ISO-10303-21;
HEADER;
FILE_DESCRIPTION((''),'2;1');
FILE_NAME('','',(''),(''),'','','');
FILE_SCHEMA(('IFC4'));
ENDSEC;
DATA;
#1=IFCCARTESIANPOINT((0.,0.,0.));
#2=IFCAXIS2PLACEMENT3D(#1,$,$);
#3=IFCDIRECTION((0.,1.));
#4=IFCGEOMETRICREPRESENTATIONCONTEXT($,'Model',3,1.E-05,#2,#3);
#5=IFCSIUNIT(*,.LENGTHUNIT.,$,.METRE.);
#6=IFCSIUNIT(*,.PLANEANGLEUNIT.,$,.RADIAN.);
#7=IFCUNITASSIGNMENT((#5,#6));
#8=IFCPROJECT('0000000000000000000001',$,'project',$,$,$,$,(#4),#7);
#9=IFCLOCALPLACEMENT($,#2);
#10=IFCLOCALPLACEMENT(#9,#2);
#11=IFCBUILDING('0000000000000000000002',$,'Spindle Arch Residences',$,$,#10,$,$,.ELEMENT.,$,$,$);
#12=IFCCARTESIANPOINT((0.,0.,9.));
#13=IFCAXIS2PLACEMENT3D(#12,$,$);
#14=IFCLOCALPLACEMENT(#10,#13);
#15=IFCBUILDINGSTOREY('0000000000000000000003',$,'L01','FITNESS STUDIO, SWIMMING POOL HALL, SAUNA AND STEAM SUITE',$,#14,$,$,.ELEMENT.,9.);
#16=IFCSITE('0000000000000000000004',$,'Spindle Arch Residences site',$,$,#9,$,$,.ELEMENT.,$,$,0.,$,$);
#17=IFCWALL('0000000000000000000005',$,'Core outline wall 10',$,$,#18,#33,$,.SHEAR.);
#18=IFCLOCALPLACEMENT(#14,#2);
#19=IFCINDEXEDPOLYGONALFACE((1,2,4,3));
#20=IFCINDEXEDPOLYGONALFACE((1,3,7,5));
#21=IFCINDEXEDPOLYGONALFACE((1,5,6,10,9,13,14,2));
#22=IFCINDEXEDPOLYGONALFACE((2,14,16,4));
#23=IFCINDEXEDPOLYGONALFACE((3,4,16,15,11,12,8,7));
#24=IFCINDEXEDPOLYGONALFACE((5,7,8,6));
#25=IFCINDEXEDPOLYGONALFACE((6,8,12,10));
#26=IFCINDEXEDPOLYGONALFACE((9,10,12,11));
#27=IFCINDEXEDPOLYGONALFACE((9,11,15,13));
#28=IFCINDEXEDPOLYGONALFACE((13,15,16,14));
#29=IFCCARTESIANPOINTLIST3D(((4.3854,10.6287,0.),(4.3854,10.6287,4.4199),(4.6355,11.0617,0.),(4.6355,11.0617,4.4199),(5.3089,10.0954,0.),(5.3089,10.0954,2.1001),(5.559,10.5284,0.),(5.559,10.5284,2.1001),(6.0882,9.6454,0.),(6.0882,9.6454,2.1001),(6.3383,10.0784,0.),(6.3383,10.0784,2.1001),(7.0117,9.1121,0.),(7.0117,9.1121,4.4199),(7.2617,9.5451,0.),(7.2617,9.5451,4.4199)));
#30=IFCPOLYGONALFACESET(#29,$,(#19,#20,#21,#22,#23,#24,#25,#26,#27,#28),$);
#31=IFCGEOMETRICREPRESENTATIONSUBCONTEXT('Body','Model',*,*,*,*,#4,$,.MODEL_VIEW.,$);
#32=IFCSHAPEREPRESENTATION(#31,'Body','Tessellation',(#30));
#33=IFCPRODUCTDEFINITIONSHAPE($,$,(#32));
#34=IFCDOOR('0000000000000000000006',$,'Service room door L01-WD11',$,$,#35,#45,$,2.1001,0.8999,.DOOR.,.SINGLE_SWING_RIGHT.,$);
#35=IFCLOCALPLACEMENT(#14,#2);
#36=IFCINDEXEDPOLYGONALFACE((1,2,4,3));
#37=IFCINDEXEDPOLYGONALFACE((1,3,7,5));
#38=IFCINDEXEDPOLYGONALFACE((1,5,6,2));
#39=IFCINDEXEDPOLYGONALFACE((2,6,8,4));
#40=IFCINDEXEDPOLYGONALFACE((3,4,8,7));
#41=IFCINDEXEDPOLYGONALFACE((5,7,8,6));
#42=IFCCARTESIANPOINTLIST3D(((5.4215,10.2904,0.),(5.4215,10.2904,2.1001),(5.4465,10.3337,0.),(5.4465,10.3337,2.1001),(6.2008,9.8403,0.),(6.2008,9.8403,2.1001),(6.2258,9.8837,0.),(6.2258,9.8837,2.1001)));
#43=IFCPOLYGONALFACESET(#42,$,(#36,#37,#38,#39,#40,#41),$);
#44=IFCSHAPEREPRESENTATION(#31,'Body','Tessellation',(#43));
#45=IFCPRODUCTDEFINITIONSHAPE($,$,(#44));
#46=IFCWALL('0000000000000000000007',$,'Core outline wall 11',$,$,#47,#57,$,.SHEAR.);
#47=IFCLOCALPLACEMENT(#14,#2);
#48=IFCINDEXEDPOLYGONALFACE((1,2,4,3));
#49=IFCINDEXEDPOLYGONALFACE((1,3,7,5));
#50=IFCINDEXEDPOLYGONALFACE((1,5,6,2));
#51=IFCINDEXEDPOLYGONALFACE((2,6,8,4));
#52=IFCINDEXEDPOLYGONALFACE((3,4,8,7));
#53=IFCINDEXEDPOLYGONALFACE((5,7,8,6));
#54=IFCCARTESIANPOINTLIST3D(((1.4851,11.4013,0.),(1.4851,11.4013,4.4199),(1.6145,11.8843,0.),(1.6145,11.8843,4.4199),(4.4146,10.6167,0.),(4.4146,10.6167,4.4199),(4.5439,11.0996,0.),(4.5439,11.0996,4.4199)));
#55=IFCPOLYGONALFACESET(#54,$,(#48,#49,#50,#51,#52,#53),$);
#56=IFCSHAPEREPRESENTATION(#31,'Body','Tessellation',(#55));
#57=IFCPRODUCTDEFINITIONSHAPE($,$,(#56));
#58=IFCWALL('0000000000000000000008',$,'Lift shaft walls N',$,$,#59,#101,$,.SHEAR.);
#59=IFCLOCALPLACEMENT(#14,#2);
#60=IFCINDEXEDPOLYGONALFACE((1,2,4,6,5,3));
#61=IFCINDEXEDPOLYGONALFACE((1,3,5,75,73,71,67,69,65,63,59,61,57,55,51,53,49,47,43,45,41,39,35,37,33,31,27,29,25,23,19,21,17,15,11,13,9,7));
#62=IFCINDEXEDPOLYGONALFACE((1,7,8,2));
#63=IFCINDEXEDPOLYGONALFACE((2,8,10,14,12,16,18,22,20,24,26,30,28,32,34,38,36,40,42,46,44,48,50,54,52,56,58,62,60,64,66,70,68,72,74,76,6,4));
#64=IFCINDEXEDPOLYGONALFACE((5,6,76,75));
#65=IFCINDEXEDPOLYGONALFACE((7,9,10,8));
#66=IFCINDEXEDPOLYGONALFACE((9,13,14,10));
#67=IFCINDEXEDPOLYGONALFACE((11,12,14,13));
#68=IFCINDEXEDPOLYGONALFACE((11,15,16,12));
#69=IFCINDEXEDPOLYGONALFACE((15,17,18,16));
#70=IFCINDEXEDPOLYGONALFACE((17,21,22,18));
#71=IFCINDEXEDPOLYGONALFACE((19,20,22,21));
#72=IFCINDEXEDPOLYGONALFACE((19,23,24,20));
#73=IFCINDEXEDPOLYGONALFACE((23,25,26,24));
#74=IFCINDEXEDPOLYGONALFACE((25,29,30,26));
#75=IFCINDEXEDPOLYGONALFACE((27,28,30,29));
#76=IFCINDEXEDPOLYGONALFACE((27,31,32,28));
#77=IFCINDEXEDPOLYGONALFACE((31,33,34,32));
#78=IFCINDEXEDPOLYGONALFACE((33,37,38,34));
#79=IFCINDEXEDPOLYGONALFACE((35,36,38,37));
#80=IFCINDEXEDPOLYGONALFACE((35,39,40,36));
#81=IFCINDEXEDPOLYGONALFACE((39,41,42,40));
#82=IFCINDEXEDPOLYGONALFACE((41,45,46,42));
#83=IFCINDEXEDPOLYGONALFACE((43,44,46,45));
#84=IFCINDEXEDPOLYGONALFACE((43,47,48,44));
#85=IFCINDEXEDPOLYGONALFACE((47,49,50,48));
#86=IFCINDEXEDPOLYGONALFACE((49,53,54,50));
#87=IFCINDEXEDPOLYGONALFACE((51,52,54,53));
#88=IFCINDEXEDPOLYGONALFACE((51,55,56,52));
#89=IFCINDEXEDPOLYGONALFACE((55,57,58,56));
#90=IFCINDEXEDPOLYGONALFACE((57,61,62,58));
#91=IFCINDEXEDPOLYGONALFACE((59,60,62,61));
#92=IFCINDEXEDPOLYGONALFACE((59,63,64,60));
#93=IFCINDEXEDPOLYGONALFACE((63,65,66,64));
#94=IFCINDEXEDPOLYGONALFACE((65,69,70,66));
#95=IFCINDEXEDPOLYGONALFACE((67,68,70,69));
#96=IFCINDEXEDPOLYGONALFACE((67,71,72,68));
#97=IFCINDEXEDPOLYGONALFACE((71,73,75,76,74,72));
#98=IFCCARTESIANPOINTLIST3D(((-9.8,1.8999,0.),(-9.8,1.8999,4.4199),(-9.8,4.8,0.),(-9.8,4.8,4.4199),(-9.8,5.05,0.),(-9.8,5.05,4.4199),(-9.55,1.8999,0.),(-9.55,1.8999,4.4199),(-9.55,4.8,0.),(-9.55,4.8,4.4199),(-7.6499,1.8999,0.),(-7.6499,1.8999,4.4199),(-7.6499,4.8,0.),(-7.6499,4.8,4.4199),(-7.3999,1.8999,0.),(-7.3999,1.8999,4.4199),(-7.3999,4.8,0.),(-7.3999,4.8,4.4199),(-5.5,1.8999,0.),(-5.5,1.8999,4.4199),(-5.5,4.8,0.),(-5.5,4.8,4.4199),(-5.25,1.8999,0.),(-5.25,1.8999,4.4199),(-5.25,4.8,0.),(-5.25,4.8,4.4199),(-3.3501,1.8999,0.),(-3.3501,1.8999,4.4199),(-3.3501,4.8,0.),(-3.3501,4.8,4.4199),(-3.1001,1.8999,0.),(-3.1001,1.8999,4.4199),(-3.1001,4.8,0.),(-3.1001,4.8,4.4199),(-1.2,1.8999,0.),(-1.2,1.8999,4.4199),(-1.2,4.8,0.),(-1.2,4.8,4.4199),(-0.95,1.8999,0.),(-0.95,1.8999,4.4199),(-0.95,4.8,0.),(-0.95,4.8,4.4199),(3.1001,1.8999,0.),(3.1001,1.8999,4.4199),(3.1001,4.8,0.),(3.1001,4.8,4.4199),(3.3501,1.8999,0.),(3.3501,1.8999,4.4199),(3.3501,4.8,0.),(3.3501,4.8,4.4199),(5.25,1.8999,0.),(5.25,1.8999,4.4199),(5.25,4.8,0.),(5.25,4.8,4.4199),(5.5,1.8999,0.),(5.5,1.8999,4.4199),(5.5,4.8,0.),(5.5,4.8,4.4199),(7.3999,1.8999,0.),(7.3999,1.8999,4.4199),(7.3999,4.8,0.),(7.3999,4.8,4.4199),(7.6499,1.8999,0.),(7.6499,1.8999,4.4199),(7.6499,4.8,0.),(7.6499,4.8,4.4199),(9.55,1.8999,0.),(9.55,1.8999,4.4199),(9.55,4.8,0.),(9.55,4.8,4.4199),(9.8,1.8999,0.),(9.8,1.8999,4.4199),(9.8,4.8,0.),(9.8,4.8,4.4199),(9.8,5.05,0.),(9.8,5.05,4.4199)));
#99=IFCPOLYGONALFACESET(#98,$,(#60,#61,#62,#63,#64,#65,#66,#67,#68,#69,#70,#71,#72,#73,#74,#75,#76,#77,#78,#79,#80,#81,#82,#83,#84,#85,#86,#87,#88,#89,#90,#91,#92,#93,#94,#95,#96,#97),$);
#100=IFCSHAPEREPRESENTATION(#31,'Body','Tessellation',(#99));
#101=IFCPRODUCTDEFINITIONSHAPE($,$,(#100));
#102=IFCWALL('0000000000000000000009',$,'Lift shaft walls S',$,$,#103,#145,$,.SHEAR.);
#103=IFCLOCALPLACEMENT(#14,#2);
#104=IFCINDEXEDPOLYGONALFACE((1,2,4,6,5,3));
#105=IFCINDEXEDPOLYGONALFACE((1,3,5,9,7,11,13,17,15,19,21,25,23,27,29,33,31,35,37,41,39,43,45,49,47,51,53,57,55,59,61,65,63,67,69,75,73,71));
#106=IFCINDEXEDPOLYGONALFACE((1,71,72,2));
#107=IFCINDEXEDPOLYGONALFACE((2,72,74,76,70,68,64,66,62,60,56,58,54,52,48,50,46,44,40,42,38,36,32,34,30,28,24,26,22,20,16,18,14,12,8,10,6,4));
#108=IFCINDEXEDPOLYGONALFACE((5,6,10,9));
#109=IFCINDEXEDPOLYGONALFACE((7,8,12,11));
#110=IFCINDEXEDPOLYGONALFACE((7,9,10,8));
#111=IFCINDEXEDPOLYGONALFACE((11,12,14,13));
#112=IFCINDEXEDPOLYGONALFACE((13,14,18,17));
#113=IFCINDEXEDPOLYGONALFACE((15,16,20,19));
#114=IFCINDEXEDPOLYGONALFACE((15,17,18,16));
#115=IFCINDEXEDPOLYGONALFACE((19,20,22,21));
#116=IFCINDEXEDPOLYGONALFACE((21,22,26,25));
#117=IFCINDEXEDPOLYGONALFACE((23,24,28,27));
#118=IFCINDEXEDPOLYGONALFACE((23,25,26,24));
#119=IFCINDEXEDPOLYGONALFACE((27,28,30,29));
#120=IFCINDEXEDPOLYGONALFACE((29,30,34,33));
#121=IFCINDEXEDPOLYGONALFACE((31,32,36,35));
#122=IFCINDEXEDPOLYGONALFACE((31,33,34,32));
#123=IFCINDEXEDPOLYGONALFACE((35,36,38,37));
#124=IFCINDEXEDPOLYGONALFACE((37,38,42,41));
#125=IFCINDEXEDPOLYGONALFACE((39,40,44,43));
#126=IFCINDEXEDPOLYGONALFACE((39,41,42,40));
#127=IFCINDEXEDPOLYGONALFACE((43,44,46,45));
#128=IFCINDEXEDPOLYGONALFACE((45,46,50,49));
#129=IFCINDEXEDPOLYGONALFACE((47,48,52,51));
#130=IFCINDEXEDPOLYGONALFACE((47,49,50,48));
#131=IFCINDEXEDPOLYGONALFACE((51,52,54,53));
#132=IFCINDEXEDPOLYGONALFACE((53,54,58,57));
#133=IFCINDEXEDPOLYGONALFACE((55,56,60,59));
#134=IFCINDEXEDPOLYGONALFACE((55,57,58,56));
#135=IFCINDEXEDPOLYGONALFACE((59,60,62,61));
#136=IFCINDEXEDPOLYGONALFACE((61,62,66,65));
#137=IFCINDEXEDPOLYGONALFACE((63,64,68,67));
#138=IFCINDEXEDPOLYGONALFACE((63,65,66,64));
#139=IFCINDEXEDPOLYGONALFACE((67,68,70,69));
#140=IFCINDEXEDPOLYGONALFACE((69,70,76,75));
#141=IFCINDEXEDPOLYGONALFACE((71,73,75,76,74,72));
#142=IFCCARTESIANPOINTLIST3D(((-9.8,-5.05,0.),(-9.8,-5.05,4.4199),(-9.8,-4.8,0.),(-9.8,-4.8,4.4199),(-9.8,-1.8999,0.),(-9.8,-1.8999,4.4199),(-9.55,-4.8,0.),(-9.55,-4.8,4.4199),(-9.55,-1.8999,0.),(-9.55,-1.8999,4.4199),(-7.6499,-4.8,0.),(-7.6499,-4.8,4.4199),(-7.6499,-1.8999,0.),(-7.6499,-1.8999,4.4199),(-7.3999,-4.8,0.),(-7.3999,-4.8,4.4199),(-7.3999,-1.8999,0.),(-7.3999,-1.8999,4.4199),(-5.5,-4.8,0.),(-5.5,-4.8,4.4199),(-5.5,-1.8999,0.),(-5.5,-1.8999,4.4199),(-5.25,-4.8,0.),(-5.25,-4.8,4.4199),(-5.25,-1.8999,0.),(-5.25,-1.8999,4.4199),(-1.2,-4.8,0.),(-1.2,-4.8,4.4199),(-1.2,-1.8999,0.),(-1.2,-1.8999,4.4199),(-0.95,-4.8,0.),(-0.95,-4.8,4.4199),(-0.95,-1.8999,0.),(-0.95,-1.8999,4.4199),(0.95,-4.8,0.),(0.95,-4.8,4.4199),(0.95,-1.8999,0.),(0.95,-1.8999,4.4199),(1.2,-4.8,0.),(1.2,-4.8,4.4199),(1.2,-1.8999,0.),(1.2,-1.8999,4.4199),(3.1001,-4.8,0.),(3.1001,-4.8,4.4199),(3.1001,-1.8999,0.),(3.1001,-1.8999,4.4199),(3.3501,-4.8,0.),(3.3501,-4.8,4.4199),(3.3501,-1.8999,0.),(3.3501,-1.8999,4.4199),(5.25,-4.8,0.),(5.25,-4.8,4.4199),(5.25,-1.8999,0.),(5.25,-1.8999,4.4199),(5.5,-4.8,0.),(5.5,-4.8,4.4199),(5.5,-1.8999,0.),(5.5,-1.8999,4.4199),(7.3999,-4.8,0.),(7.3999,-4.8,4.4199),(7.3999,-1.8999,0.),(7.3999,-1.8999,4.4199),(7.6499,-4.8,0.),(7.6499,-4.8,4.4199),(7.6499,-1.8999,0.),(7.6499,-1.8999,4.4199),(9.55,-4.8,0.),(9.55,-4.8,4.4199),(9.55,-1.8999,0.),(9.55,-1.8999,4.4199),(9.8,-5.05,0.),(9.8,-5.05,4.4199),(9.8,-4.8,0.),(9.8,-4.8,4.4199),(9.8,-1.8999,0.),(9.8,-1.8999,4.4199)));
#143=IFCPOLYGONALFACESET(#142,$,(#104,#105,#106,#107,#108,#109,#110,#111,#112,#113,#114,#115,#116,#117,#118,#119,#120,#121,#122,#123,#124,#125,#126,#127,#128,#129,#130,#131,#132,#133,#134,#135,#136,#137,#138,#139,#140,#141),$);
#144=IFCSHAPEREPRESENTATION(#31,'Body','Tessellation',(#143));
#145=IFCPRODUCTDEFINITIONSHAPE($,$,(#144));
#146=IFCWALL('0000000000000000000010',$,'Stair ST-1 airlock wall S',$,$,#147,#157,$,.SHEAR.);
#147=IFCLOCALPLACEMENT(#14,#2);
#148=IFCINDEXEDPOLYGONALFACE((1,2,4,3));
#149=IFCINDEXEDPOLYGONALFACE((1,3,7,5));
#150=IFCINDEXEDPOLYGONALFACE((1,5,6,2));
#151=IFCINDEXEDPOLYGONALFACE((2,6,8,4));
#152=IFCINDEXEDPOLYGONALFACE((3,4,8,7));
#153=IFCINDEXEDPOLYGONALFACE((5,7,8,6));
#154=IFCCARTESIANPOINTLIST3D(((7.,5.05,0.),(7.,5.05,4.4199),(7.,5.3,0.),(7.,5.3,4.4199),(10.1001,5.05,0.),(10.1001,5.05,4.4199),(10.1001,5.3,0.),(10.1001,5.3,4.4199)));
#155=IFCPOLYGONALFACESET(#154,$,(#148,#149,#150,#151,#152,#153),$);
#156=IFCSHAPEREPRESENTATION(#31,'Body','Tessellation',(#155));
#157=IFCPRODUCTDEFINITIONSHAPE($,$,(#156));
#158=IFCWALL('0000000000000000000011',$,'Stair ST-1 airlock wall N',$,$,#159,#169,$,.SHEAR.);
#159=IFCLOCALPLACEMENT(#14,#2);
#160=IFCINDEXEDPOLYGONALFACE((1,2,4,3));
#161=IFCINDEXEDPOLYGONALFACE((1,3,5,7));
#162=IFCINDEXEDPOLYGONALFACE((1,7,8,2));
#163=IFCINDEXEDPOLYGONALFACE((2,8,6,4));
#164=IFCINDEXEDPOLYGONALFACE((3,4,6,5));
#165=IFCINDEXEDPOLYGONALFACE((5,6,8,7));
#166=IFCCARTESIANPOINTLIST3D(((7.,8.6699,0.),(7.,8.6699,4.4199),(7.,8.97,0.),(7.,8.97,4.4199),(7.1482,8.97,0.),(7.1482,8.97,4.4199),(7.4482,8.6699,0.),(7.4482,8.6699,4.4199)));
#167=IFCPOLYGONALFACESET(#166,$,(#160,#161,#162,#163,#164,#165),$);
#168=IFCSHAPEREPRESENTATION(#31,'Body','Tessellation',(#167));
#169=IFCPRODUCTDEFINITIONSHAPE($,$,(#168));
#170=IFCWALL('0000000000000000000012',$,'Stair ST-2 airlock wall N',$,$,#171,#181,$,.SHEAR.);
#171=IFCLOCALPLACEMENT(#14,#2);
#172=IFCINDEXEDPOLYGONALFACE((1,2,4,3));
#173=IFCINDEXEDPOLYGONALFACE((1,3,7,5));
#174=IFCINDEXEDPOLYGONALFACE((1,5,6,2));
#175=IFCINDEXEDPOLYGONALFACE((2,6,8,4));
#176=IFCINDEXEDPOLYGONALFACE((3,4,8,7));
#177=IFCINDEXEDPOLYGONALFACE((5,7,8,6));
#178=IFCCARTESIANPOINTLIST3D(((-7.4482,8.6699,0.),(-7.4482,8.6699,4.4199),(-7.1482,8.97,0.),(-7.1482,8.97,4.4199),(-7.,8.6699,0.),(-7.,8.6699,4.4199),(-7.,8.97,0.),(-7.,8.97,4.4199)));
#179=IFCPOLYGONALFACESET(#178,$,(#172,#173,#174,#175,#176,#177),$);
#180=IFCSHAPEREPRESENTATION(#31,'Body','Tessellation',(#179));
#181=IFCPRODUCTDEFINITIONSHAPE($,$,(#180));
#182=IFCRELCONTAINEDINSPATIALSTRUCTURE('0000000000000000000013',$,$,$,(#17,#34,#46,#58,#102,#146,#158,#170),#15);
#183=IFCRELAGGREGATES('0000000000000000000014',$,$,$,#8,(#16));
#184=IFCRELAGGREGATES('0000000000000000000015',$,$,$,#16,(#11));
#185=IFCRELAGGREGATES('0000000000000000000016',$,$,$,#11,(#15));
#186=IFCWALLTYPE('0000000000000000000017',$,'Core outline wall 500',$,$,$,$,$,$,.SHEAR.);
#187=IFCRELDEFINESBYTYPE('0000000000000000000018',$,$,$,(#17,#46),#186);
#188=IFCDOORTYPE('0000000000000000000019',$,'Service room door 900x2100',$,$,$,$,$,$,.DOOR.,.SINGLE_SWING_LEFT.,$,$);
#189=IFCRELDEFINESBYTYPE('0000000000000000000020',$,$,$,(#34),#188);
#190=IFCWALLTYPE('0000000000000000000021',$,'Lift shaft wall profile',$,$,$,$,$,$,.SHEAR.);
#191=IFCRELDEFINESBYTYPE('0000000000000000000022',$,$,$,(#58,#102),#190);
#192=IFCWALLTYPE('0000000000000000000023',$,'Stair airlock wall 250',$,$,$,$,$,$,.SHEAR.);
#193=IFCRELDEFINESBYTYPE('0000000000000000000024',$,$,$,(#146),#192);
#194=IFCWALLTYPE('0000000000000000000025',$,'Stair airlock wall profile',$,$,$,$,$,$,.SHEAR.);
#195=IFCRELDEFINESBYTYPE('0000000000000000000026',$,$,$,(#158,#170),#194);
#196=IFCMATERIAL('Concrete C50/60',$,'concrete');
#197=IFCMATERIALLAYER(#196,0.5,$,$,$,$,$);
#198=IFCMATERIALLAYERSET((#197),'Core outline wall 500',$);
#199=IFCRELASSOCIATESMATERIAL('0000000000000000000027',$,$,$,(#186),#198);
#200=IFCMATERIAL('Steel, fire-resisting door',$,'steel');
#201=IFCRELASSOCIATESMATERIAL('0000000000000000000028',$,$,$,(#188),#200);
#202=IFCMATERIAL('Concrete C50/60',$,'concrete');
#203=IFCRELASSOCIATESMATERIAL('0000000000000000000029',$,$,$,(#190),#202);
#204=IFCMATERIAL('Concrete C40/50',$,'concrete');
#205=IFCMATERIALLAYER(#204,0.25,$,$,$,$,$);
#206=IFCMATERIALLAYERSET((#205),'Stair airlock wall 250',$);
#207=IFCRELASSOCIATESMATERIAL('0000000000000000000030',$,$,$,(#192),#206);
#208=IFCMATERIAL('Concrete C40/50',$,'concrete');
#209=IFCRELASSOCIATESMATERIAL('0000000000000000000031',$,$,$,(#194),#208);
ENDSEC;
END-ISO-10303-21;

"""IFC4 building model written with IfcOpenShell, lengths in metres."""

from ifc_helpers import new_model, si_unit, direction, frame, frame_2d, origin, place, context, subcontext, project, spatial, polyline, rectangle, outline, extrude, material, layer, layer_set, type_object, element, fill, save


model = new_model("IFC4")

# Units and contexts
model_context = context("Model", 3, precision=1e-05, world=origin(), true_north=direction((0.0, 1.0)))
body_context = subcontext(model_context, "Body", "Model", "MODEL_VIEW")
ifc_project = project(units=[si_unit("LENGTHUNIT", "METRE"), si_unit("PLANEANGLEUNIT", "RADIAN")], contexts=[model_context])

# Site, building, storey
site_placement = place(None, origin())
site = spatial("IfcSite", under=ifc_project, at=site_placement, Name="Spindle Arch Residences site", CompositionType="ELEMENT", RefElevation=0.0)
building_placement = place(site_placement, origin())
building = spatial("IfcBuilding", under=site, at=building_placement, Name="Spindle Arch Residences", CompositionType="ELEMENT")
storey_placement = place(building_placement, frame((0.0, 0.0, 9.0)))
storey = spatial("IfcBuildingStorey", under=building, at=storey_placement, Name="L01", Description="FITNESS STUDIO, SWIMMING POOL HALL, SAUNA AND STEAM SUITE", CompositionType="ELEMENT", Elevation=9.0)

# Shared definitions
ifc_material_1 = material(Name="Concrete C50/60", Category="concrete")
ifc_layer_1 = layer(ifc_material_1, 0.5)
ifc_layer_set_1 = layer_set([ifc_layer_1], Name="Core outline wall 500")
wall_type_1 = type_object("IfcWallType", Name="Core outline wall 500", PredefinedType="SHEAR", material=ifc_layer_set_1)

# Wall, opening, door
wall_1_placement = place(storey_placement, frame((7.1367, 9.3286, 0.0), z_axis=(0.0, 0.0, 1.0), x_axis=(-0.865975, 0.500087, 0.0)))
wall_1 = element("IfcWall", 1, at=wall_1_placement, inside=storey, type_object=wall_type_1, Name="Core outline wall 10", PredefinedType="SHEAR", context=body_context, shape_type="SweptSolid", body=[
    extrude(rectangle(XDim=3.0327, YDim=0.5, at=frame_2d((1.5164, 0.0))), origin(), (0.0, 0.0, 1.0), 4.4199),
])
opening_1_placement = place(wall_1_placement, frame((1.0664, 0.0, 0.0)))
opening_1 = element("IfcOpeningElement", 2, at=opening_1_placement, cuts=wall_1, PredefinedType="OPENING", context=body_context, shape_type="SweptSolid", body=[
    extrude(rectangle(XDim=0.8999, YDim=2.1001, at=frame_2d((0.45, 1.05))), frame((0.0, 0.26, 0.0), z_axis=(0.0, -1.0, 0.0), x_axis=(1.0, 0.0, 0.0)), (0.0, 0.0, 1.0), 0.52),
])
ifc_material_2 = material(Name="Steel, fire-resisting door", Category="steel")
door_type_1 = type_object("IfcDoorType", Name="Service room door 900x2100", OperationType="SINGLE_SWING_LEFT", PredefinedType="DOOR", material=ifc_material_2)
door_1_placement = place(opening_1_placement, origin())
door_1 = element("IfcDoor", 3, at=door_1_placement, inside=storey, type_object=door_type_1, Name="Service room door L01-WD11", OperationType="SINGLE_SWING_RIGHT", OverallHeight=2.1001, OverallWidth=0.8999, PredefinedType="DOOR", context=body_context, shape_type="SweptSolid", body=[
    extrude(rectangle(XDim=0.8999, YDim=2.1001, at=frame_2d((0.45, 1.05))), frame((0.0, 0.0249, 0.0), z_axis=(0.0, -1.0, 0.0), x_axis=(1.0, 0.0, 0.0)), (0.0, 0.0, 1.0), 0.05),
])
fill(opening_1, door_1)

# Wall
wall_2_placement = place(storey_placement, frame((4.4792, 10.8582, 0.0), z_axis=(0.0, 0.0, 1.0), x_axis=(-0.965948, 0.258735, 0.0)))
element("IfcWall", 4, at=wall_2_placement, inside=storey, type_object=wall_type_1, Name="Core outline wall 11", PredefinedType="SHEAR", context=body_context, shape_type="SweptSolid", body=[
    extrude(rectangle(XDim=3.0327, YDim=0.5, at=frame_2d((1.5164, 0.0))), origin(), (0.0, 0.0, 1.0), 4.4199),
])

# Walls
ifc_material_3 = material(Name="Concrete C50/60", Category="concrete")
wall_type_2 = type_object("IfcWallType", Name="Lift shaft wall profile", PredefinedType="SHEAR", material=ifc_material_3)
wall_3_placement = place(storey_placement, origin())
element("IfcWall", 5, at=wall_3_placement, inside=storey, type_object=wall_type_2, Name="Lift shaft walls N", PredefinedType="SHEAR", context=body_context, shape_type="SweptSolid", body=[
    extrude(outline(polyline([(-9.55, 4.8), (-7.6499, 4.8), (-7.6499, 1.8999), (-7.3999, 1.8999), (-7.3999, 4.8), (-5.5, 4.8), (-5.5, 1.8999), (-5.25, 1.8999), (-5.25, 4.8), (-3.3501, 4.8), (-3.3501, 1.8999), (-3.1001, 1.8999), (-3.1001, 4.8), (-1.2, 4.8), (-1.2, 1.8999), (-0.95, 1.8999), (-0.95, 4.8), (3.1001, 4.8), (3.1001, 1.8999), (3.3501, 1.8999), (3.3501, 4.8), (5.25, 4.8), (5.25, 1.8999), (5.5, 1.8999), (5.5, 4.8), (7.3999, 4.8), (7.3999, 1.8999), (7.6499, 1.8999), (7.6499, 4.8), (9.55, 4.8), (9.55, 1.8999), (9.8, 1.8999), (9.8, 4.8), (9.8, 5.05), (-9.8, 5.05), (-9.8, 4.8), (-9.8, 1.8999), (-9.55, 1.8999), (-9.55, 4.8)])), origin(), (0.0, 0.0, 1.0), 4.4199),
])
wall_4_placement = place(storey_placement, origin())
element("IfcWall", 6, at=wall_4_placement, inside=storey, type_object=wall_type_2, Name="Lift shaft walls S", PredefinedType="SHEAR", context=body_context, shape_type="SweptSolid", body=[
    extrude(outline(polyline([(9.8, -5.05), (9.8, -4.8), (9.8, -1.8999), (9.55, -1.8999), (9.55, -4.8), (7.6499, -4.8), (7.6499, -1.8999), (7.3999, -1.8999), (7.3999, -4.8), (5.5, -4.8), (5.5, -1.8999), (5.25, -1.8999), (5.25, -4.8), (3.3501, -4.8), (3.3501, -1.8999), (3.1001, -1.8999), (3.1001, -4.8), (1.2, -4.8), (1.2, -1.8999), (0.95, -1.8999), (0.95, -4.8), (-0.95, -4.8), (-0.95, -1.8999), (-1.2, -1.8999), (-1.2, -4.8), (-5.25, -4.8), (-5.25, -1.8999), (-5.5, -1.8999), (-5.5, -4.8), (-7.3999, -4.8), (-7.3999, -1.8999), (-7.6499, -1.8999), (-7.6499, -4.8), (-9.55, -4.8), (-9.55, -1.8999), (-9.8, -1.8999), (-9.8, -4.8), (-9.8, -5.05), (9.8, -5.05)])), origin(), (0.0, 0.0, 1.0), 4.4199),
])
ifc_material_4 = material(Name="Concrete C40/50", Category="concrete")
ifc_layer_2 = layer(ifc_material_4, 0.25)
ifc_layer_set_2 = layer_set([ifc_layer_2], Name="Stair airlock wall 250")
wall_type_3 = type_object("IfcWallType", Name="Stair airlock wall 250", PredefinedType="SHEAR", material=ifc_layer_set_2)
wall_5_placement = place(storey_placement, frame((7.0, 5.175, 0.0), z_axis=(0.0, 0.0, 1.0), x_axis=(1.0, 0.0, 0.0)))
element("IfcWall", 7, at=wall_5_placement, inside=storey, type_object=wall_type_3, Name="Stair ST-1 airlock wall S", PredefinedType="SHEAR", context=body_context, shape_type="SweptSolid", body=[
    extrude(rectangle(XDim=3.1001, YDim=0.25, at=frame_2d((1.55, 0.0))), origin(), (0.0, 0.0, 1.0), 4.4199),
])
ifc_material_5 = material(Name="Concrete C40/50", Category="concrete")
wall_type_4 = type_object("IfcWallType", Name="Stair airlock wall profile", PredefinedType="SHEAR", material=ifc_material_5)
wall_6_placement = place(storey_placement, origin())
element("IfcWall", 8, at=wall_6_placement, inside=storey, type_object=wall_type_4, Name="Stair ST-1 airlock wall N", PredefinedType="SHEAR", context=body_context, shape_type="SweptSolid", body=[
    extrude(outline(polyline([(7.4482, 8.6699), (7.0, 8.6699), (7.0, 8.97), (7.1482, 8.97), (7.4482, 8.6699)])), origin(), (0.0, 0.0, 1.0), 4.4199),
])
wall_7_placement = place(storey_placement, origin())
element("IfcWall", 9, at=wall_7_placement, inside=storey, type_object=wall_type_4, Name="Stair ST-2 airlock wall N", PredefinedType="SHEAR", context=body_context, shape_type="SweptSolid", body=[
    extrude(outline(polyline([(-7.1482, 8.97), (-7.0, 8.97), (-7.0, 8.6699), (-7.4482, 8.6699), (-7.1482, 8.97)])), origin(), (0.0, 0.0, 1.0), 4.4199),
])

save(model, "model.ifc")
